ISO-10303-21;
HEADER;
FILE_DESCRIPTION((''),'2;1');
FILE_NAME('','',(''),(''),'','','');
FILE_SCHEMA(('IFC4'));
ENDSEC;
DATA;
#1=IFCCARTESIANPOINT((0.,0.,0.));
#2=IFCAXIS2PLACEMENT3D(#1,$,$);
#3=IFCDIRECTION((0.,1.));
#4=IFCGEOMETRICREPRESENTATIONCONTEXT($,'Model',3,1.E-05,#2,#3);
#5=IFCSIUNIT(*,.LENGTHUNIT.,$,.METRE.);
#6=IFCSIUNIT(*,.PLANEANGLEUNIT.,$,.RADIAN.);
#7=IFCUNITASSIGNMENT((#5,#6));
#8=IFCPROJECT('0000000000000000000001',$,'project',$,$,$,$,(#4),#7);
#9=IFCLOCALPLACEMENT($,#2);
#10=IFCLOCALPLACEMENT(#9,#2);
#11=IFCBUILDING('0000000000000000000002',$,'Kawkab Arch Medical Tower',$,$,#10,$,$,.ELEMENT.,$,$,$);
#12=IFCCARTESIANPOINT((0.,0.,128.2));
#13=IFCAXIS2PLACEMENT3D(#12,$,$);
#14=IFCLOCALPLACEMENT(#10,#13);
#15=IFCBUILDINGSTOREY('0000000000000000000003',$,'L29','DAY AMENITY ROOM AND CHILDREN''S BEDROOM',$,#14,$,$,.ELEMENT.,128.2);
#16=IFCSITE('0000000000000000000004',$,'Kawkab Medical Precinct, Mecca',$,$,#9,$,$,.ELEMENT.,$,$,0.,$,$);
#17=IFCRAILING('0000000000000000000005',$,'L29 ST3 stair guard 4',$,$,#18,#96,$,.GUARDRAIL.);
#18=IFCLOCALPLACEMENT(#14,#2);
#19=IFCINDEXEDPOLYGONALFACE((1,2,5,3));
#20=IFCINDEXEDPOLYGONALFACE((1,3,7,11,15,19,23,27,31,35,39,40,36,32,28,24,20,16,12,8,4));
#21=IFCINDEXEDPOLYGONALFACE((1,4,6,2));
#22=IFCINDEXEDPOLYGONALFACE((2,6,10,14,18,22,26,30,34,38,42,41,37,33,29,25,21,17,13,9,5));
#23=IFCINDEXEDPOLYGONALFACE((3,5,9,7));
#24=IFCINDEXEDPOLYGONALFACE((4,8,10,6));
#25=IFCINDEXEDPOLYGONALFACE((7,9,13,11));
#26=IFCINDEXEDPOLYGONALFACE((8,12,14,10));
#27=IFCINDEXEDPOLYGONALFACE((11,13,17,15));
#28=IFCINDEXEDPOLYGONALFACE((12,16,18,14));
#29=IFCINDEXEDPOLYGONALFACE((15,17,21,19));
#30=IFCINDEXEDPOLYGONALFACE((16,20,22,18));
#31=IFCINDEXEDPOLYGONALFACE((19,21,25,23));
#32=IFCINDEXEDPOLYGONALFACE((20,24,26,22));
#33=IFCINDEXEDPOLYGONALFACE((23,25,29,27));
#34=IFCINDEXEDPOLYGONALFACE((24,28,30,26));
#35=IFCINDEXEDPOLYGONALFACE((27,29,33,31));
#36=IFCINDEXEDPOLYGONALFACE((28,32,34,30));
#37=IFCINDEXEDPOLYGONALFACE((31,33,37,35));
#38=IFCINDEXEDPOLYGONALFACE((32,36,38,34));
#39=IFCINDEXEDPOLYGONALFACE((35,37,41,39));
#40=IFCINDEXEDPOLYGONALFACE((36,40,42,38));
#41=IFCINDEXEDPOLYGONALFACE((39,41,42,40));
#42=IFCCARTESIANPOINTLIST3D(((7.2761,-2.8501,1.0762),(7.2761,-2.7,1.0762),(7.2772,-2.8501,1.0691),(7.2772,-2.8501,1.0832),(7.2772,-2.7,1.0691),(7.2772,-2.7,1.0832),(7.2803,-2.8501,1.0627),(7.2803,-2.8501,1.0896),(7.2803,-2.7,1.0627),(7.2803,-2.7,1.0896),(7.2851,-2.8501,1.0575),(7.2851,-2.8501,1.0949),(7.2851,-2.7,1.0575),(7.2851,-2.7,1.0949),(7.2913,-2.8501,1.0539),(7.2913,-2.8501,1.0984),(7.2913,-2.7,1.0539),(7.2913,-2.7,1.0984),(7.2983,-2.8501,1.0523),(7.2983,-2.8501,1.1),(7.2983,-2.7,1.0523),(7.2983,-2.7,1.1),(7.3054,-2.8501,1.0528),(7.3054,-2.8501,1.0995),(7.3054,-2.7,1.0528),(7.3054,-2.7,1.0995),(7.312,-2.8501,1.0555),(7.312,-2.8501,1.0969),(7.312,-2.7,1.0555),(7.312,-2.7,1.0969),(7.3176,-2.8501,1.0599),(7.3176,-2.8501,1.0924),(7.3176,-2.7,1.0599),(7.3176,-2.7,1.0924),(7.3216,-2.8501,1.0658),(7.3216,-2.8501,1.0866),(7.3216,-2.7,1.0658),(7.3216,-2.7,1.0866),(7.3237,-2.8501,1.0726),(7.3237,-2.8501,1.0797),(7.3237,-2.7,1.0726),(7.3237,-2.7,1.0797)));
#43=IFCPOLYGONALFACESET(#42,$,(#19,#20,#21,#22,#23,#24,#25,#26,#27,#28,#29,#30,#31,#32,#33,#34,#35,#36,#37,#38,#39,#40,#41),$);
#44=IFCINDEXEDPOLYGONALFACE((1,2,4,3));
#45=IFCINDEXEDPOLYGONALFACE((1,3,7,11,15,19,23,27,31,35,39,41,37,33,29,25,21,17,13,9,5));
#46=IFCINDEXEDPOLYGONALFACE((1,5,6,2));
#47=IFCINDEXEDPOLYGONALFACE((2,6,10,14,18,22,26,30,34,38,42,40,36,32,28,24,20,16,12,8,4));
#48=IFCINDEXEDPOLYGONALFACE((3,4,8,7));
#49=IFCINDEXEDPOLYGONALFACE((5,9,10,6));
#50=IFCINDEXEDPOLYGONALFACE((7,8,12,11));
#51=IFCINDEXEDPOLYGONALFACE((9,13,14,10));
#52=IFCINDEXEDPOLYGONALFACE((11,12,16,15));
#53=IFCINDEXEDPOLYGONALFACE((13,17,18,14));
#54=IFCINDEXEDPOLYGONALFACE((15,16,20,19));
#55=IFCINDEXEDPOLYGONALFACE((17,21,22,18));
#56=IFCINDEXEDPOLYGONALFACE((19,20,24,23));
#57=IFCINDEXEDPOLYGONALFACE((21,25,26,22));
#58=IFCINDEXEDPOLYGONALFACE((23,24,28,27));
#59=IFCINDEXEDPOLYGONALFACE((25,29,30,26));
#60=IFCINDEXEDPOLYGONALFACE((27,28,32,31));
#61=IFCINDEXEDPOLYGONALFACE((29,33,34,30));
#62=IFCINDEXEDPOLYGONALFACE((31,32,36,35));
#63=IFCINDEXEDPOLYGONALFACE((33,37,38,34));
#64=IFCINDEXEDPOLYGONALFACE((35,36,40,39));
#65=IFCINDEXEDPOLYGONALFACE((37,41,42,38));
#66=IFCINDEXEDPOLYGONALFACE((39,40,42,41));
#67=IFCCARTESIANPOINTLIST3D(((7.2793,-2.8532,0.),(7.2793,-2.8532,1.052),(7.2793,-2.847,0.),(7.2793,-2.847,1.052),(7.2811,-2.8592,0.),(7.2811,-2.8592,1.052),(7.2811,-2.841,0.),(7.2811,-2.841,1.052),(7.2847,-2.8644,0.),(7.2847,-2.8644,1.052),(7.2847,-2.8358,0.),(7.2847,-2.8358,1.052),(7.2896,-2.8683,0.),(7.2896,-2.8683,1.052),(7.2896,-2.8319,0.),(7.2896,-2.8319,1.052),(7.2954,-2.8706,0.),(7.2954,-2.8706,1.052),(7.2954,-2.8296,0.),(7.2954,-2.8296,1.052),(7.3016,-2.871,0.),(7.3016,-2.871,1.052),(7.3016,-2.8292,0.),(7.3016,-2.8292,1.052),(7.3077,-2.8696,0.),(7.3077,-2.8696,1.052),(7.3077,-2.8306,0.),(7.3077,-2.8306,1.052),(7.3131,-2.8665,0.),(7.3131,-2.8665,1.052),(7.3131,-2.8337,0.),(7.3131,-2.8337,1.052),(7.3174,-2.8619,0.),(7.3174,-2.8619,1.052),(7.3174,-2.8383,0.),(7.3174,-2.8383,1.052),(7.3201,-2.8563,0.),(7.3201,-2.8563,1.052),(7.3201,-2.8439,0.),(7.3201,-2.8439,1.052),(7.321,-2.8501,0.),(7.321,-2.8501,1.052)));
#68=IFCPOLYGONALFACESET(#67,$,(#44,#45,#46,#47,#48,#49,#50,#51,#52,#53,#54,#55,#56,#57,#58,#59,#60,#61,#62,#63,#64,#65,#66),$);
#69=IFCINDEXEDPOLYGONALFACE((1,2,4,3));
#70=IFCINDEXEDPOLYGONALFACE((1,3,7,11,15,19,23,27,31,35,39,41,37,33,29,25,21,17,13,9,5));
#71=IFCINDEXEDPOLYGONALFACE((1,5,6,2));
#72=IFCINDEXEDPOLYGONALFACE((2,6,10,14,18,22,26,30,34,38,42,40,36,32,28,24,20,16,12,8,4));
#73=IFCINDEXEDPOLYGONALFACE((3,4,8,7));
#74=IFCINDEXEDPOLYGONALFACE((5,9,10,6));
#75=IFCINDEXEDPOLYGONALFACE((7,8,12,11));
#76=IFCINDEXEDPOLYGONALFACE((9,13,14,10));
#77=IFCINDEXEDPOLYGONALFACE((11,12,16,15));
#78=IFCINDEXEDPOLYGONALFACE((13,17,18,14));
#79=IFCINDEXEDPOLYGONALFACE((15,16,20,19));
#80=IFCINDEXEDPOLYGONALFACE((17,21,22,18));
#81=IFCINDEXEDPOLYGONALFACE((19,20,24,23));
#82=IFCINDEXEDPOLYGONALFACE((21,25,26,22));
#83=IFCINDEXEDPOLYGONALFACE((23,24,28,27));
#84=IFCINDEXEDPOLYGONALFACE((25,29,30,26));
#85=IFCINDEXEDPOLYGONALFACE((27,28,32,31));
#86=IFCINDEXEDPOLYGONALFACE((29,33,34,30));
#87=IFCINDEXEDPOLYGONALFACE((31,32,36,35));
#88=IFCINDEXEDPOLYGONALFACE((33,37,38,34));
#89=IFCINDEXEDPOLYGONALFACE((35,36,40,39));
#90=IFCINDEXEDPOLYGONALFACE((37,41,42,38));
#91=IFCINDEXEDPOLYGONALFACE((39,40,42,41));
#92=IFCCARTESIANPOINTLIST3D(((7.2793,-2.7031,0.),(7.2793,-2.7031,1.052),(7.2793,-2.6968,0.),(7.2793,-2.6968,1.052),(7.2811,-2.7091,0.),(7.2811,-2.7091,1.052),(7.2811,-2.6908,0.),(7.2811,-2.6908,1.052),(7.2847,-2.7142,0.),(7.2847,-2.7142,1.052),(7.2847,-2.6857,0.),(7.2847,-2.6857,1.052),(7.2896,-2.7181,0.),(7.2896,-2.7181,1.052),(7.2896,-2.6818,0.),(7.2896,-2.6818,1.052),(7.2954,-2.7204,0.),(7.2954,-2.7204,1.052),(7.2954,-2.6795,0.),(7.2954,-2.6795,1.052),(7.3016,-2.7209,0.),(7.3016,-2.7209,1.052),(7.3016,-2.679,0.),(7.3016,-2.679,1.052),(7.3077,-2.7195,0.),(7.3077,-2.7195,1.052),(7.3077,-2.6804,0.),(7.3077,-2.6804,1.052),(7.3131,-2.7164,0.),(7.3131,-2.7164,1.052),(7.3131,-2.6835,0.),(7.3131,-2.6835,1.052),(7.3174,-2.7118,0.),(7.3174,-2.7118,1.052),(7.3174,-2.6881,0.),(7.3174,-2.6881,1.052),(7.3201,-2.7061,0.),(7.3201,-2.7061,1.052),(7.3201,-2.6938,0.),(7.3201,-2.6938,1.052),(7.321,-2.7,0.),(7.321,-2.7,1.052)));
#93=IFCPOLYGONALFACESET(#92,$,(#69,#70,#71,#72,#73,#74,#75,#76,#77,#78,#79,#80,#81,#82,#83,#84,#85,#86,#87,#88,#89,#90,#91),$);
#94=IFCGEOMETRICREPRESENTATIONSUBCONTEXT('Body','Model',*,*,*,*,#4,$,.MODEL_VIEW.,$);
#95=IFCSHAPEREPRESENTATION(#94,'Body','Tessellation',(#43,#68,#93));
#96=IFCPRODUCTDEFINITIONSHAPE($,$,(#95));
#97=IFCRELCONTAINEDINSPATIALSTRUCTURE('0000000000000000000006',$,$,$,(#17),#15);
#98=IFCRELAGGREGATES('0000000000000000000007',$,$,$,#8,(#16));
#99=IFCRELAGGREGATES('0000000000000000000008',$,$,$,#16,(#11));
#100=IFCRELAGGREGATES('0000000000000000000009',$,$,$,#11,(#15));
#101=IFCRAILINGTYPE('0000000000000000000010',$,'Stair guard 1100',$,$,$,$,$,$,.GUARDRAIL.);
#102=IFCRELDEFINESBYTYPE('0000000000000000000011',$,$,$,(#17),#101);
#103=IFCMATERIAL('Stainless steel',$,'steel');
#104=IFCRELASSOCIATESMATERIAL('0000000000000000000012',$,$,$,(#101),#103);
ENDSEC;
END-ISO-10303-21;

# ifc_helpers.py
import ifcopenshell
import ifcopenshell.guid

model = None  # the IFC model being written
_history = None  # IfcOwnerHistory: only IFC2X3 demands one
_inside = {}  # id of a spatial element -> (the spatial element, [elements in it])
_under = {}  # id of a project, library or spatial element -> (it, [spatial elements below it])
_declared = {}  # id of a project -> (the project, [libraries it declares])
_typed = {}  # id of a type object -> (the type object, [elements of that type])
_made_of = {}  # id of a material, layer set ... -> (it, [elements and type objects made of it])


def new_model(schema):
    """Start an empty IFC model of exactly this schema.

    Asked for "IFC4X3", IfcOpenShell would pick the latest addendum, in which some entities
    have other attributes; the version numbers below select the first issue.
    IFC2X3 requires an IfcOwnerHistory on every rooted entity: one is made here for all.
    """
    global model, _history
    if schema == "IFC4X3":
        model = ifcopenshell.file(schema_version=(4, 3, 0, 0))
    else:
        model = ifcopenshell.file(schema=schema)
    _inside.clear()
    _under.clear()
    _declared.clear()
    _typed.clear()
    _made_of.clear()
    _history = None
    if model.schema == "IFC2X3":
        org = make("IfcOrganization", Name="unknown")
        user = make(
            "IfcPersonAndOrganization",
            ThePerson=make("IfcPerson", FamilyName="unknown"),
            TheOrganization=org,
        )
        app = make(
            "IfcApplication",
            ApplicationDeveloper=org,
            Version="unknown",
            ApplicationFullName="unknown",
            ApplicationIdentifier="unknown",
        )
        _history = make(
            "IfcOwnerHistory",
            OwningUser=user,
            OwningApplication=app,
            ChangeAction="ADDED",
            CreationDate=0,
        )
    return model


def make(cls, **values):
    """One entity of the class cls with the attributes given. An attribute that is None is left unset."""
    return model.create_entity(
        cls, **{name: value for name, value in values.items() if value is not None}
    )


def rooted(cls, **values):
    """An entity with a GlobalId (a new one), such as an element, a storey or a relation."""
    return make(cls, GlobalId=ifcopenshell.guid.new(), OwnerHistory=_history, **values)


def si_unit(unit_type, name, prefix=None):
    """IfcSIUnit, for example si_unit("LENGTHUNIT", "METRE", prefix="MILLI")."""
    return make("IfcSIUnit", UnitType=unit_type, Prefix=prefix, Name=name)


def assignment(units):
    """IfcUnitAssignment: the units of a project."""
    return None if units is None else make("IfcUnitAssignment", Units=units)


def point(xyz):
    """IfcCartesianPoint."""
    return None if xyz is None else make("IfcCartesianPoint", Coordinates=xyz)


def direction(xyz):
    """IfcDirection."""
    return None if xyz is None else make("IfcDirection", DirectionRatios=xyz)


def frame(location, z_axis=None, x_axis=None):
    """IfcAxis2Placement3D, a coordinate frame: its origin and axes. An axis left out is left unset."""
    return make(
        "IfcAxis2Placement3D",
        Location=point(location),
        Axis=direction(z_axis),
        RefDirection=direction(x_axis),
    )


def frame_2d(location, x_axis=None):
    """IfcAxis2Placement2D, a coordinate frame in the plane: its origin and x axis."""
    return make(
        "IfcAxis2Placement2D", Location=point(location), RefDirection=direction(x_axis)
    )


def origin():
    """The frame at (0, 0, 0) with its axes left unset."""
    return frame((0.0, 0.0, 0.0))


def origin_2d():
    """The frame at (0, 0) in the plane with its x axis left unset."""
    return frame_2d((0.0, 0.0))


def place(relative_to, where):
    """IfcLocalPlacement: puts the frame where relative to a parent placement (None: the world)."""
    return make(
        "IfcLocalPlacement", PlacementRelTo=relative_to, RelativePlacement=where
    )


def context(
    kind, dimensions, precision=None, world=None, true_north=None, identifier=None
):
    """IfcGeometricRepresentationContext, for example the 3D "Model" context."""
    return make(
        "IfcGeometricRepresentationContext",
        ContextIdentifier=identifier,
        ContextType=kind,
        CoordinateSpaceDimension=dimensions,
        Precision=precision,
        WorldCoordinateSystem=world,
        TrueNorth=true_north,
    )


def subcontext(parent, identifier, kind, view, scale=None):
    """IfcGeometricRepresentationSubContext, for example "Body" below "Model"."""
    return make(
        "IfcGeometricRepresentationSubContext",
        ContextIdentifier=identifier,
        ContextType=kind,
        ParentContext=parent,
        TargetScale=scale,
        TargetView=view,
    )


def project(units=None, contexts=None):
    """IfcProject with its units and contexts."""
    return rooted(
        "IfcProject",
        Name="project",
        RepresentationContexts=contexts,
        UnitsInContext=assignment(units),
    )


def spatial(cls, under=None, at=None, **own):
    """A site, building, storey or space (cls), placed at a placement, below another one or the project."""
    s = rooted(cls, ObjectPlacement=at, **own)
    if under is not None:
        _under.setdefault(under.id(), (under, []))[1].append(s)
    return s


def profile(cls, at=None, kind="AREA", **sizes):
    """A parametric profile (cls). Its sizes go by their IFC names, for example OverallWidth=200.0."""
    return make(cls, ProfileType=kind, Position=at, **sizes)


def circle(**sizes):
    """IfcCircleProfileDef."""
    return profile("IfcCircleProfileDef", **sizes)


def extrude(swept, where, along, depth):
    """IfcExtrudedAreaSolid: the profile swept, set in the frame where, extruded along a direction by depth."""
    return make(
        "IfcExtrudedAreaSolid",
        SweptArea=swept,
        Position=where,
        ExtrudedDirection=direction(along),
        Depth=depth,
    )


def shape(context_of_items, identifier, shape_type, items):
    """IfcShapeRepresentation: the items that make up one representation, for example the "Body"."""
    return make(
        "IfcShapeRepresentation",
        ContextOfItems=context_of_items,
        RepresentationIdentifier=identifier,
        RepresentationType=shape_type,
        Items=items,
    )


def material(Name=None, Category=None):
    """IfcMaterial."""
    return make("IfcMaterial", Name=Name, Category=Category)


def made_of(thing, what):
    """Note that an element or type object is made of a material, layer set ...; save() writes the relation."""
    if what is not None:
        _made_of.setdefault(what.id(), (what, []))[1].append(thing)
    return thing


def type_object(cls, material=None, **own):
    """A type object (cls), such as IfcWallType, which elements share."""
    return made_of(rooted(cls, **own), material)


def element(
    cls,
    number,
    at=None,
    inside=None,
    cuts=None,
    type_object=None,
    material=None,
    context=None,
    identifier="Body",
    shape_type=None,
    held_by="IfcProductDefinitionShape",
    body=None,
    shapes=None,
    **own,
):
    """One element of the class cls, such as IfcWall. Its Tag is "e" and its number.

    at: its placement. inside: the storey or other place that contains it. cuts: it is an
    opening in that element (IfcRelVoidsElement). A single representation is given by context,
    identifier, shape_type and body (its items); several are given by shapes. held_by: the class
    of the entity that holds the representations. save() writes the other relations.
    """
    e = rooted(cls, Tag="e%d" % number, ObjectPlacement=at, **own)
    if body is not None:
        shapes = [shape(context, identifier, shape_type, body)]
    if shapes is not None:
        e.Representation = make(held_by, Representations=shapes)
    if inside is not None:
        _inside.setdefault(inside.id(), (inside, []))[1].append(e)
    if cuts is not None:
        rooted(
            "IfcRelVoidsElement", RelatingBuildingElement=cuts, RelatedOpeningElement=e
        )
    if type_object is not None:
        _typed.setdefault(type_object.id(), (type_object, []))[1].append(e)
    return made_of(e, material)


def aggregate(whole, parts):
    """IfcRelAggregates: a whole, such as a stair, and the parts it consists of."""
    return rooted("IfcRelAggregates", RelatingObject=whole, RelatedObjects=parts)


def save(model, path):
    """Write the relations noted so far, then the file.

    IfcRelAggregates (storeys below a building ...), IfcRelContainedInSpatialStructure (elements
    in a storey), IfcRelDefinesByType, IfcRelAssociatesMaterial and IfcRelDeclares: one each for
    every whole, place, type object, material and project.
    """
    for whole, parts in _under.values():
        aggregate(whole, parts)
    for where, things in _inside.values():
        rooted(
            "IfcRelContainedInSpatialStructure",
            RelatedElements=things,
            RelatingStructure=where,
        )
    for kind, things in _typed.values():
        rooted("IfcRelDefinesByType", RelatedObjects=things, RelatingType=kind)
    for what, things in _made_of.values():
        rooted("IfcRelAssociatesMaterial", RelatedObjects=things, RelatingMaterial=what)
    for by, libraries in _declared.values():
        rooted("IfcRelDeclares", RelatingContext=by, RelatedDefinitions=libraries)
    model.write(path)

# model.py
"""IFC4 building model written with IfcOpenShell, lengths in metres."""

from ifc_helpers import new_model, si_unit, direction, frame, origin, origin_2d, place, context, subcontext, project, spatial, circle, extrude, material, type_object, element, save


model = new_model("IFC4")

# Units and contexts
model_context = context("Model", 3, precision=1e-05, world=origin(), true_north=direction((0.0, 1.0)))
body_context = subcontext(model_context, "Body", "Model", "MODEL_VIEW")
ifc_project = project(units=[si_unit("LENGTHUNIT", "METRE"), si_unit("PLANEANGLEUNIT", "RADIAN")], contexts=[model_context])

# Site, building, storey
site_placement = place(None, origin())
site = spatial("IfcSite", under=ifc_project, at=site_placement, Name="Kawkab Medical Precinct, Mecca", CompositionType="ELEMENT", RefElevation=0.0)
building_placement = place(site_placement, origin())
building = spatial("IfcBuilding", under=site, at=building_placement, Name="Kawkab Arch Medical Tower", CompositionType="ELEMENT")
storey_placement = place(building_placement, frame((0.0, 0.0, 128.2)))
storey = spatial("IfcBuildingStorey", under=building, at=storey_placement, Name="L29", Description="DAY AMENITY ROOM AND CHILDREN'S BEDROOM", CompositionType="ELEMENT", Elevation=128.2)

# Railing
ifc_material_1 = material(Name="Stainless steel", Category="steel")
railing_type_1 = type_object("IfcRailingType", Name="Stair guard 1100", PredefinedType="GUARDRAIL", material=ifc_material_1)
railing_1_placement = place(storey_placement, frame((7.3, -2.8501, 0.0)))
element("IfcRailing", 1, at=railing_1_placement, inside=storey, type_object=railing_type_1, Name="L29 ST3 stair guard 4", PredefinedType="GUARDRAIL", context=body_context, shape_type="SweptSolid", body=[
    extrude(circle(Radius=0.0239, at=origin_2d()), frame((0.0, 0.0, 1.0762), z_axis=(0.0, 1.0, 0.0), x_axis=(-1.0, 0.0, 0.0)), (0.0, 0.0, 1.0), 0.1501),
    extrude(circle(Radius=0.021, at=origin_2d()), origin(), (0.0, 0.0, 1.0), 1.052),
    extrude(circle(Radius=0.021, at=origin_2d()), frame((0.0, 0.1501, 0.0)), (0.0, 0.0, 1.0), 1.052),
])

save(model, "model.ifc")
